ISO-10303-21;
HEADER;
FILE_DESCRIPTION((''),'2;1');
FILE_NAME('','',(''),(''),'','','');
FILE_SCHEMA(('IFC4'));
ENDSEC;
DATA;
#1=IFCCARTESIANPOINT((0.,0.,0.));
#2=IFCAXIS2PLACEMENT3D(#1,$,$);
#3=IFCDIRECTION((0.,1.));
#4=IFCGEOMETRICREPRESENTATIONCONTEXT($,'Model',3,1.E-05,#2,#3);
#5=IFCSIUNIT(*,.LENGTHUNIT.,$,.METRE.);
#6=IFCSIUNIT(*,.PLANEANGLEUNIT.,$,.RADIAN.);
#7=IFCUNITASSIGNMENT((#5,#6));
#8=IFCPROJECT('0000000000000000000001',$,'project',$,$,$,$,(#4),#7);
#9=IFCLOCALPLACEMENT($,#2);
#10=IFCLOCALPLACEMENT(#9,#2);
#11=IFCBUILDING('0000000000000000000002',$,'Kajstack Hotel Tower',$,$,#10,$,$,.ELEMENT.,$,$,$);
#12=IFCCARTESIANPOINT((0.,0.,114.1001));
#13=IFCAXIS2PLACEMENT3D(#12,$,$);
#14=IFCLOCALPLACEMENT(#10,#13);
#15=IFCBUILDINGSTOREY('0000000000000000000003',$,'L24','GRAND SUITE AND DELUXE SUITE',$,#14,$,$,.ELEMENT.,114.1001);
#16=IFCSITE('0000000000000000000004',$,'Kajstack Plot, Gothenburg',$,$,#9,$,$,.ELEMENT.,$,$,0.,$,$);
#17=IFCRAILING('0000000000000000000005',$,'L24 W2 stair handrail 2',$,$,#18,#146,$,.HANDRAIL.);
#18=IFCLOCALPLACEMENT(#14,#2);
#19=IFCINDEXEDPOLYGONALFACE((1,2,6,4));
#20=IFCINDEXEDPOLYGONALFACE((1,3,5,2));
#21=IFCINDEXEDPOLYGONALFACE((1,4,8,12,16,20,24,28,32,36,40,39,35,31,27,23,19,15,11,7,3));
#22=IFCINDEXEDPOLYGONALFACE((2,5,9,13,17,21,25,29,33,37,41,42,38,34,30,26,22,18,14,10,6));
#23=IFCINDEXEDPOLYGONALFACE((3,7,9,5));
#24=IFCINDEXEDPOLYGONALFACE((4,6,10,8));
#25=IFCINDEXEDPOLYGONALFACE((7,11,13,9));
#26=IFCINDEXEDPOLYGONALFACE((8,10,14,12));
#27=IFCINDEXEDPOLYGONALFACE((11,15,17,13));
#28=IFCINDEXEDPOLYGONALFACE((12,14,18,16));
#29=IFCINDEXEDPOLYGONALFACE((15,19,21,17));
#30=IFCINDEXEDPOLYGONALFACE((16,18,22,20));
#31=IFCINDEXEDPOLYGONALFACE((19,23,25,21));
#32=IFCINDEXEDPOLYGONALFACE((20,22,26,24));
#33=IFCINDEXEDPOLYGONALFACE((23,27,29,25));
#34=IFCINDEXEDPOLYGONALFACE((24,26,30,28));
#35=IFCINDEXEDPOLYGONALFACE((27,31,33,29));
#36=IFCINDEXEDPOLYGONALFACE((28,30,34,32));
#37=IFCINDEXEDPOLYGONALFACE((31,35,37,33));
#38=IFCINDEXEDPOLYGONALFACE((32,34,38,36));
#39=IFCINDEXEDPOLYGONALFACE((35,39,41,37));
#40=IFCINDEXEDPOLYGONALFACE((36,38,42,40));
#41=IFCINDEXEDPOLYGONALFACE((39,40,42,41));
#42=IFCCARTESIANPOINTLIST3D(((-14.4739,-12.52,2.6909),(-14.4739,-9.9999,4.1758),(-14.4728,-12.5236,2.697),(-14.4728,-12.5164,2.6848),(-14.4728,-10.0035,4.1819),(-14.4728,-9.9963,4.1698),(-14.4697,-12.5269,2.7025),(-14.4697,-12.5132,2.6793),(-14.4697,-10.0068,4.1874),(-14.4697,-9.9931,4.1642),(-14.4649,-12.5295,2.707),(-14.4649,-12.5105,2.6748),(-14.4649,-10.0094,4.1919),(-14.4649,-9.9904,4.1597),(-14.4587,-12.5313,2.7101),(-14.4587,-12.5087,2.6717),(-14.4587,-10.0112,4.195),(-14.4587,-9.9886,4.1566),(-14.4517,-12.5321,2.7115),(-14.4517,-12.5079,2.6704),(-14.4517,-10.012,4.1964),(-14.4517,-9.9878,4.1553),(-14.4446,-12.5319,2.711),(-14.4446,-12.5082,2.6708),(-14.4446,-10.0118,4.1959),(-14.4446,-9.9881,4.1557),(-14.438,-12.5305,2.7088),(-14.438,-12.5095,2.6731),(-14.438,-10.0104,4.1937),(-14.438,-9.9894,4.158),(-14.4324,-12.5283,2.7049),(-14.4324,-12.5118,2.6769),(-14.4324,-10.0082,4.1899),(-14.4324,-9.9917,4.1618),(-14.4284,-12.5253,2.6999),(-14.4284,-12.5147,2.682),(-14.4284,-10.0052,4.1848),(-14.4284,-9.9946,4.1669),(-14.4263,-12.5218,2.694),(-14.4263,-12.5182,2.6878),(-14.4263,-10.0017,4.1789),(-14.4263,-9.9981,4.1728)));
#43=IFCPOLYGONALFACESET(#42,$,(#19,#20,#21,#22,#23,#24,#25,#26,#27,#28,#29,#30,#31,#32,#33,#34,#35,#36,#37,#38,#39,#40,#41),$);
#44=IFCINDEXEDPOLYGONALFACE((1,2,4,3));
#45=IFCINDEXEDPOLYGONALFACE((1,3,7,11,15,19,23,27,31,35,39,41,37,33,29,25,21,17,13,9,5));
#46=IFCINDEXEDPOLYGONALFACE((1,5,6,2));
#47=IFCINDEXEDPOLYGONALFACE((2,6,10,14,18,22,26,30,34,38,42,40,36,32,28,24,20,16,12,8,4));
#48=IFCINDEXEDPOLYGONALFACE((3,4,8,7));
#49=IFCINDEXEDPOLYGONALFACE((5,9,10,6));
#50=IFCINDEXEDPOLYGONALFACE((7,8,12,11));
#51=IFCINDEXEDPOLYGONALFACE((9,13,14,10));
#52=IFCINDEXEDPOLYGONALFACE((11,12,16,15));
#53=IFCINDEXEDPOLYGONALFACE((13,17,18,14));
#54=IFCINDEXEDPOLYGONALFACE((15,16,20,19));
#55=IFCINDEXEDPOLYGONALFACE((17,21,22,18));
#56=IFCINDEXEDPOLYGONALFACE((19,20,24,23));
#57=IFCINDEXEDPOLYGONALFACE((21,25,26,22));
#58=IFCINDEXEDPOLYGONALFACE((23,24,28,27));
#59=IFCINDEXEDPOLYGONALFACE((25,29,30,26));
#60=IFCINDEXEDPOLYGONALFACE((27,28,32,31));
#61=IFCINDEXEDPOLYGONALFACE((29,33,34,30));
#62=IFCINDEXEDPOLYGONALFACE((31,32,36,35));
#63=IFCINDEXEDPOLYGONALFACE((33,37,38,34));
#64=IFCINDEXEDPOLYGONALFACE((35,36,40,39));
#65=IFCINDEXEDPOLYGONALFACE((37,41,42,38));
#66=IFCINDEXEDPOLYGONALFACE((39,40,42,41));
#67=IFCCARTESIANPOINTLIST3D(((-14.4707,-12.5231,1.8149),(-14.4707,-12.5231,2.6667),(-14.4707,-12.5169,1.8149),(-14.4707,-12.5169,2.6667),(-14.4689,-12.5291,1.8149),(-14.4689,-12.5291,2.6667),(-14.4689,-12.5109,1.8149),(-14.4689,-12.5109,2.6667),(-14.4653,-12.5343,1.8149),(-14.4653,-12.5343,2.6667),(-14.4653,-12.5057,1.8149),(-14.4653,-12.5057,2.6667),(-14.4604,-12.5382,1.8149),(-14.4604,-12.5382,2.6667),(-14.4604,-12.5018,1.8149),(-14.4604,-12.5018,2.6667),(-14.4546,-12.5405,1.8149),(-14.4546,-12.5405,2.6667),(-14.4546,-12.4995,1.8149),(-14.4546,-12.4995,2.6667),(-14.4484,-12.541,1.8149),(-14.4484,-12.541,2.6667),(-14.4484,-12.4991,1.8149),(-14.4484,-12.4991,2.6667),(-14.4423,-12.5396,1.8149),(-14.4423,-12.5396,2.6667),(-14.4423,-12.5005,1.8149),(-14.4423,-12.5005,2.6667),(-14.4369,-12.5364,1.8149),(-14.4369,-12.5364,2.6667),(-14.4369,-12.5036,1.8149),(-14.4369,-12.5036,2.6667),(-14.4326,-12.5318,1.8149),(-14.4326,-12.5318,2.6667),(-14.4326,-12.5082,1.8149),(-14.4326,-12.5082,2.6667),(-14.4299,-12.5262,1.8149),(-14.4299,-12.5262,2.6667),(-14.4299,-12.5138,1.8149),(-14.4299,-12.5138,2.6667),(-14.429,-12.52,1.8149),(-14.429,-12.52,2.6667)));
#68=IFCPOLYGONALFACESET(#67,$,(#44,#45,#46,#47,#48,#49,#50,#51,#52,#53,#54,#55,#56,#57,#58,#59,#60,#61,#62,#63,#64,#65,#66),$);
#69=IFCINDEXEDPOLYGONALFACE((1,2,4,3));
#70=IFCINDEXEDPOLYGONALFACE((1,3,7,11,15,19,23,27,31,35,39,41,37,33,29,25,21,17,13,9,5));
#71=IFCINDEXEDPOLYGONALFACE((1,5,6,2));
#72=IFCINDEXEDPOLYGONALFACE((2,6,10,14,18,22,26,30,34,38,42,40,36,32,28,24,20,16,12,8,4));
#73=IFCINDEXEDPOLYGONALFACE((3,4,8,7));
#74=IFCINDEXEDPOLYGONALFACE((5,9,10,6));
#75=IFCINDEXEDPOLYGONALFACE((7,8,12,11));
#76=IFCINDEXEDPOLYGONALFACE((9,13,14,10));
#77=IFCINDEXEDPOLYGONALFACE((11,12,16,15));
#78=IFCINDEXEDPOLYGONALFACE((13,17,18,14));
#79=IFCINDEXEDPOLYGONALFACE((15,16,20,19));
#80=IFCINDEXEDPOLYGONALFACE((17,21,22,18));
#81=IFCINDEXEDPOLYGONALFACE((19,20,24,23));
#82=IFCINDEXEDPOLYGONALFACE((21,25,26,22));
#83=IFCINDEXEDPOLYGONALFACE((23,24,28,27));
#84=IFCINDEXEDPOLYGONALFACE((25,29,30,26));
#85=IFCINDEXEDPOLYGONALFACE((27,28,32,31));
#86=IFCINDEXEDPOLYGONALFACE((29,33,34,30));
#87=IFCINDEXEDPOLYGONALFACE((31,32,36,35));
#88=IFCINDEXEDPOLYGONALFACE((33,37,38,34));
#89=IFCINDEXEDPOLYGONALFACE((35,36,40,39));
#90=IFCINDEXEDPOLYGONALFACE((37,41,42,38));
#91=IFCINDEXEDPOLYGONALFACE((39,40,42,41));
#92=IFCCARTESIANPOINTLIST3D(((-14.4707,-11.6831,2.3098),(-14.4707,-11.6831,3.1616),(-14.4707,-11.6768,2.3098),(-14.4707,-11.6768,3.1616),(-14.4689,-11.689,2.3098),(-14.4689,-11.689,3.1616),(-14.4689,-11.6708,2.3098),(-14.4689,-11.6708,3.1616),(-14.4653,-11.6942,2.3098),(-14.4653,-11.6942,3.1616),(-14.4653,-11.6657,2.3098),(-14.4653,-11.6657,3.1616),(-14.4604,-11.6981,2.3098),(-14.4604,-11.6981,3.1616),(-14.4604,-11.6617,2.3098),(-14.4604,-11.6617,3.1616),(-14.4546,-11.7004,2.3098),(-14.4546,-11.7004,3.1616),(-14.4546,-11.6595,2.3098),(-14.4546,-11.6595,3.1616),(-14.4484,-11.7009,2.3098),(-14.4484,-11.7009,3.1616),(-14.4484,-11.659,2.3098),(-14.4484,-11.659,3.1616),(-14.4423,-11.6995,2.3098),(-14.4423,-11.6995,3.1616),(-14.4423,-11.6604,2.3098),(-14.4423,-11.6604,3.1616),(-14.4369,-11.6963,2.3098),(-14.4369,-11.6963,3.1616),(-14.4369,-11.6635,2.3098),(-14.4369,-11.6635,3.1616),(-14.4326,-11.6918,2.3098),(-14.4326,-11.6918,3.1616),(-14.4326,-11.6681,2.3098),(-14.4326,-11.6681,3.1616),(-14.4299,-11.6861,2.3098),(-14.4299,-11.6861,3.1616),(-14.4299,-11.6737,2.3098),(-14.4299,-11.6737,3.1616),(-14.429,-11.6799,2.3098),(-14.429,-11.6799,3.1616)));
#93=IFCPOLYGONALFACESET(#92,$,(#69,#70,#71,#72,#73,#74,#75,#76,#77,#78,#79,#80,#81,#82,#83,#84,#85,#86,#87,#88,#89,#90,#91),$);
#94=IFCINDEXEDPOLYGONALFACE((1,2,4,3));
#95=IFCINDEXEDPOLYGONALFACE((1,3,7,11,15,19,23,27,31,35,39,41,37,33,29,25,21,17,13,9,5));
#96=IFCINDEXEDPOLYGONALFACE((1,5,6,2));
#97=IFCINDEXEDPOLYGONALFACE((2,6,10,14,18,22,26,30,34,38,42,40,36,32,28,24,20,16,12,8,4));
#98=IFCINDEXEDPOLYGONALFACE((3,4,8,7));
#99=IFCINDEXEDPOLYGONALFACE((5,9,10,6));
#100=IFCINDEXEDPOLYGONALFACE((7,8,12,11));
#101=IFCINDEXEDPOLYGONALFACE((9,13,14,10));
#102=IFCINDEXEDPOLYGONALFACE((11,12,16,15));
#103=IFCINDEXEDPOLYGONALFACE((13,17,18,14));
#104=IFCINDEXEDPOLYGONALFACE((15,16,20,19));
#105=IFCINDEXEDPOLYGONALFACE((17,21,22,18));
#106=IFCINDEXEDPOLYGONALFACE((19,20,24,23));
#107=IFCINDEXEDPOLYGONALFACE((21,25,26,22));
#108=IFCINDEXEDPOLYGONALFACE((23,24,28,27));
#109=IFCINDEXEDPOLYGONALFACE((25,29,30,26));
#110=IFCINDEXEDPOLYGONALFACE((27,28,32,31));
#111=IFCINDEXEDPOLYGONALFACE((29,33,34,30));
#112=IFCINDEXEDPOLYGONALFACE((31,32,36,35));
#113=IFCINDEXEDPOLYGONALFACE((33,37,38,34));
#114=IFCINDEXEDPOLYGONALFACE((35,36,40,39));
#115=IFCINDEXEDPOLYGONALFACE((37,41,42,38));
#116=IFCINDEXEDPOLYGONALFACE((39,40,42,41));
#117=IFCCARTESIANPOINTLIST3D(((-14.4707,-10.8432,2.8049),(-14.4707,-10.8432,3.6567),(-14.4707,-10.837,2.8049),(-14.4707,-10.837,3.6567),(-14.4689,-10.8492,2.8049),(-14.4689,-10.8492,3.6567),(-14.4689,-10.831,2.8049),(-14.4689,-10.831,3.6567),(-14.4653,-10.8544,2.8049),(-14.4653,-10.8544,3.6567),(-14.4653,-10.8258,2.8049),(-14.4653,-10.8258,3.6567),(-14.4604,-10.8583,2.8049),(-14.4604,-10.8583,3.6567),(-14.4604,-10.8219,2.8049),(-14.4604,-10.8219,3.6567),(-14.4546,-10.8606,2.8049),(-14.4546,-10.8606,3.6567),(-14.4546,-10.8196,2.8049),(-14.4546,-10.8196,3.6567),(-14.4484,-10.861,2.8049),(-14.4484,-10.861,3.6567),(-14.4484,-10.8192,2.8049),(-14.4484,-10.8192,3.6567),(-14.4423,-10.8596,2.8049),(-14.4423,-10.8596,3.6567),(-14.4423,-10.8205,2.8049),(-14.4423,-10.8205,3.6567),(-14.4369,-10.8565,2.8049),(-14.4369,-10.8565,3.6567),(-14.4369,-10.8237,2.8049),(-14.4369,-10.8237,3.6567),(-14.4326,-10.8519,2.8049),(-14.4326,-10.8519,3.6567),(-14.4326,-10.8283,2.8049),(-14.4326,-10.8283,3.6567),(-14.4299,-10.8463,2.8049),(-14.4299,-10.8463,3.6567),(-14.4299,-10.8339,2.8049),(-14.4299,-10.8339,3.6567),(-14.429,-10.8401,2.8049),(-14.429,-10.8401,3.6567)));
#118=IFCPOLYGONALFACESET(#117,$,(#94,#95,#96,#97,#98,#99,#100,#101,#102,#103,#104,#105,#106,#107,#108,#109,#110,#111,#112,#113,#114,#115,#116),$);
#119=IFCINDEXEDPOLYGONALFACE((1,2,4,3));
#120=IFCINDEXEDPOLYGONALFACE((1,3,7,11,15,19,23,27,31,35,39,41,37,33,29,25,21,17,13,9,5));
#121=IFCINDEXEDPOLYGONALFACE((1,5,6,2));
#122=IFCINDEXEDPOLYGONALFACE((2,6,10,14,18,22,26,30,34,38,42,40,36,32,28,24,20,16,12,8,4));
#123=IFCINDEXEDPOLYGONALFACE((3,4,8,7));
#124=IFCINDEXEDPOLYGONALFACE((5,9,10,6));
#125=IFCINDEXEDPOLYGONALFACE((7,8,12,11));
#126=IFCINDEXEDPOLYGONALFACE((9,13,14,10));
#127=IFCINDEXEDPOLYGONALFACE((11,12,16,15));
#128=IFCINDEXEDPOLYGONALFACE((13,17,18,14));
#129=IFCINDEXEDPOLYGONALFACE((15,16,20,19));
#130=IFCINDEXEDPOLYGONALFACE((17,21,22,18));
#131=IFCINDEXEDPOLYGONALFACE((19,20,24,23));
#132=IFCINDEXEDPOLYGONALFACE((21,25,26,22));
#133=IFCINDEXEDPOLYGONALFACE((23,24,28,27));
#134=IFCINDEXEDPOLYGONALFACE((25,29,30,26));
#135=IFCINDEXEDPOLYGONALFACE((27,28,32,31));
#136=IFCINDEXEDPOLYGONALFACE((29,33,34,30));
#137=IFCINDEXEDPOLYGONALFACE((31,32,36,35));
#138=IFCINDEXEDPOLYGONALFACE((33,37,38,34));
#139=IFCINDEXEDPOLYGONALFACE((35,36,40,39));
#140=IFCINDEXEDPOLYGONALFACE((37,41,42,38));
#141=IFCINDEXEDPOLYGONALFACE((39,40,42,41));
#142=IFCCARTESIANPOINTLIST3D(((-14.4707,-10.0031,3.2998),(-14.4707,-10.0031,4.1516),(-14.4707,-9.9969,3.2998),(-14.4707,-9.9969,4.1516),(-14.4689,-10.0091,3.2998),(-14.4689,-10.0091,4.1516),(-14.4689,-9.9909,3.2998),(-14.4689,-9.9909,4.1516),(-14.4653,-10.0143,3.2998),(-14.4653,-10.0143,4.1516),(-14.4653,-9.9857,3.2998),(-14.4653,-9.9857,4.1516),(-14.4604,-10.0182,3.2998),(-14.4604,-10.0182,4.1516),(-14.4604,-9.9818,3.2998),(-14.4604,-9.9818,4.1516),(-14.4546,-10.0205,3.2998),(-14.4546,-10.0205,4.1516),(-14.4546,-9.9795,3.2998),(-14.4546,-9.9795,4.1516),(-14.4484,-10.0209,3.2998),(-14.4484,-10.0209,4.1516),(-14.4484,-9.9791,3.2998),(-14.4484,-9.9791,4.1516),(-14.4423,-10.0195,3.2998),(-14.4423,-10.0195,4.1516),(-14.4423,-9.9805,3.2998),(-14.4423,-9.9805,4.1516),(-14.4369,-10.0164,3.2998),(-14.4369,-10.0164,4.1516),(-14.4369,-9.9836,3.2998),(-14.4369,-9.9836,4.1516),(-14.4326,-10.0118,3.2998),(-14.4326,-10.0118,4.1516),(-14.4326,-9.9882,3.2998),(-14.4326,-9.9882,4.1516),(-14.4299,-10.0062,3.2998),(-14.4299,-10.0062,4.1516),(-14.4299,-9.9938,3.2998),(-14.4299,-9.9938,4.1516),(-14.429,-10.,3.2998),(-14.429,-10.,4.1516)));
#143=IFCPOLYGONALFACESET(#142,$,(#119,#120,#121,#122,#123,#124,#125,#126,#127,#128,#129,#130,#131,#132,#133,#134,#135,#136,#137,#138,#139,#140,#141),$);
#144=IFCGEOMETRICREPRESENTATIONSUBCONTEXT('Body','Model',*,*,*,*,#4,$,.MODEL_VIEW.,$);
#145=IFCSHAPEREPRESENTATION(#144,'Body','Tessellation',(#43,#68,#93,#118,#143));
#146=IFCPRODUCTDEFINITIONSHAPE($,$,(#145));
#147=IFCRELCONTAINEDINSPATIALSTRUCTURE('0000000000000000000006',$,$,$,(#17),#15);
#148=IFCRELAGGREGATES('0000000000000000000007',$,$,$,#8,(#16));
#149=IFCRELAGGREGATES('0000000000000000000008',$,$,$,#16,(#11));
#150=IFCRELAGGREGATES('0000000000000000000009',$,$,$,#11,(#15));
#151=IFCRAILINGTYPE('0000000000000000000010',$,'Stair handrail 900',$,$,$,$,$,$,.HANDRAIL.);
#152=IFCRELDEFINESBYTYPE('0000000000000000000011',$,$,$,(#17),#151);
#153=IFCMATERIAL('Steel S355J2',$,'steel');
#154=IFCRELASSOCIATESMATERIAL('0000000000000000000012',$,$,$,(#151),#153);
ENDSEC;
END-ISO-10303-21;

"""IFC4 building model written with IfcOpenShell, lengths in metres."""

from ifc_helpers import new_model, si_unit, direction, frame, origin, origin_2d, place, context, subcontext, project, spatial, circle, extrude, material, type_object, element, save


model = new_model("IFC4")

# Units and contexts
model_context = context("Model", 3, precision=1e-05, world=origin(), true_north=direction((0.0, 1.0)))
body_context = subcontext(model_context, "Body", "Model", "MODEL_VIEW")
ifc_project = project(units=[si_unit("LENGTHUNIT", "METRE"), si_unit("PLANEANGLEUNIT", "RADIAN")], contexts=[model_context])

# Site, building, storey
site_placement = place(None, origin())
site = spatial("IfcSite", under=ifc_project, at=site_placement, Name="Kajstack Plot, Gothenburg", CompositionType="ELEMENT", RefElevation=0.0)
building_placement = place(site_placement, origin())
building = spatial("IfcBuilding", under=site, at=building_placement, Name="Kajstack Hotel Tower", CompositionType="ELEMENT")
storey_placement = place(building_placement, frame((0.0, 0.0, 114.1001)))
storey = spatial("IfcBuildingStorey", under=building, at=storey_placement, Name="L24", Description="GRAND SUITE AND DELUXE SUITE", CompositionType="ELEMENT", Elevation=114.1001)

# Railing
ifc_material_1 = material(Name="Steel S355J2", Category="steel")
railing_type_1 = type_object("IfcRailingType", Name="Stair handrail 900", PredefinedType="HANDRAIL", material=ifc_material_1)
railing_1_placement = place(storey_placement, frame((-14.45, -12.52, 1.8149)))
element("IfcRailing", 1, at=railing_1_placement, inside=storey, type_object=railing_type_1, Name="L24 W2 stair handrail 2", PredefinedType="HANDRAIL", context=body_context, shape_type="SweptSolid", body=[
    extrude(circle(Radius=0.0239, at=origin_2d()), frame((0.0, 0.0, 0.876), z_axis=(0.0, 0.861561, 0.507655), x_axis=(-1.0, 0.0, 0.0)), (0.0, 0.0, 1.0), 2.925),
    extrude(circle(Radius=0.021, at=origin_2d()), origin(), (0.0, 0.0, 1.0), 0.8518),
    extrude(circle(Radius=0.021, at=origin_2d()), frame((0.0, 0.8401, 0.4949)), (0.0, 0.0, 1.0), 0.8518),
    extrude(circle(Radius=0.021, at=origin_2d()), frame((0.0, 1.6799, 0.99)), (0.0, 0.0, 1.0), 0.8518),
    extrude(circle(Radius=0.021, at=origin_2d()), frame((0.0, 2.52, 1.4849)), (0.0, 0.0, 1.0), 0.8518),
])

save(model, "model.ifc")
